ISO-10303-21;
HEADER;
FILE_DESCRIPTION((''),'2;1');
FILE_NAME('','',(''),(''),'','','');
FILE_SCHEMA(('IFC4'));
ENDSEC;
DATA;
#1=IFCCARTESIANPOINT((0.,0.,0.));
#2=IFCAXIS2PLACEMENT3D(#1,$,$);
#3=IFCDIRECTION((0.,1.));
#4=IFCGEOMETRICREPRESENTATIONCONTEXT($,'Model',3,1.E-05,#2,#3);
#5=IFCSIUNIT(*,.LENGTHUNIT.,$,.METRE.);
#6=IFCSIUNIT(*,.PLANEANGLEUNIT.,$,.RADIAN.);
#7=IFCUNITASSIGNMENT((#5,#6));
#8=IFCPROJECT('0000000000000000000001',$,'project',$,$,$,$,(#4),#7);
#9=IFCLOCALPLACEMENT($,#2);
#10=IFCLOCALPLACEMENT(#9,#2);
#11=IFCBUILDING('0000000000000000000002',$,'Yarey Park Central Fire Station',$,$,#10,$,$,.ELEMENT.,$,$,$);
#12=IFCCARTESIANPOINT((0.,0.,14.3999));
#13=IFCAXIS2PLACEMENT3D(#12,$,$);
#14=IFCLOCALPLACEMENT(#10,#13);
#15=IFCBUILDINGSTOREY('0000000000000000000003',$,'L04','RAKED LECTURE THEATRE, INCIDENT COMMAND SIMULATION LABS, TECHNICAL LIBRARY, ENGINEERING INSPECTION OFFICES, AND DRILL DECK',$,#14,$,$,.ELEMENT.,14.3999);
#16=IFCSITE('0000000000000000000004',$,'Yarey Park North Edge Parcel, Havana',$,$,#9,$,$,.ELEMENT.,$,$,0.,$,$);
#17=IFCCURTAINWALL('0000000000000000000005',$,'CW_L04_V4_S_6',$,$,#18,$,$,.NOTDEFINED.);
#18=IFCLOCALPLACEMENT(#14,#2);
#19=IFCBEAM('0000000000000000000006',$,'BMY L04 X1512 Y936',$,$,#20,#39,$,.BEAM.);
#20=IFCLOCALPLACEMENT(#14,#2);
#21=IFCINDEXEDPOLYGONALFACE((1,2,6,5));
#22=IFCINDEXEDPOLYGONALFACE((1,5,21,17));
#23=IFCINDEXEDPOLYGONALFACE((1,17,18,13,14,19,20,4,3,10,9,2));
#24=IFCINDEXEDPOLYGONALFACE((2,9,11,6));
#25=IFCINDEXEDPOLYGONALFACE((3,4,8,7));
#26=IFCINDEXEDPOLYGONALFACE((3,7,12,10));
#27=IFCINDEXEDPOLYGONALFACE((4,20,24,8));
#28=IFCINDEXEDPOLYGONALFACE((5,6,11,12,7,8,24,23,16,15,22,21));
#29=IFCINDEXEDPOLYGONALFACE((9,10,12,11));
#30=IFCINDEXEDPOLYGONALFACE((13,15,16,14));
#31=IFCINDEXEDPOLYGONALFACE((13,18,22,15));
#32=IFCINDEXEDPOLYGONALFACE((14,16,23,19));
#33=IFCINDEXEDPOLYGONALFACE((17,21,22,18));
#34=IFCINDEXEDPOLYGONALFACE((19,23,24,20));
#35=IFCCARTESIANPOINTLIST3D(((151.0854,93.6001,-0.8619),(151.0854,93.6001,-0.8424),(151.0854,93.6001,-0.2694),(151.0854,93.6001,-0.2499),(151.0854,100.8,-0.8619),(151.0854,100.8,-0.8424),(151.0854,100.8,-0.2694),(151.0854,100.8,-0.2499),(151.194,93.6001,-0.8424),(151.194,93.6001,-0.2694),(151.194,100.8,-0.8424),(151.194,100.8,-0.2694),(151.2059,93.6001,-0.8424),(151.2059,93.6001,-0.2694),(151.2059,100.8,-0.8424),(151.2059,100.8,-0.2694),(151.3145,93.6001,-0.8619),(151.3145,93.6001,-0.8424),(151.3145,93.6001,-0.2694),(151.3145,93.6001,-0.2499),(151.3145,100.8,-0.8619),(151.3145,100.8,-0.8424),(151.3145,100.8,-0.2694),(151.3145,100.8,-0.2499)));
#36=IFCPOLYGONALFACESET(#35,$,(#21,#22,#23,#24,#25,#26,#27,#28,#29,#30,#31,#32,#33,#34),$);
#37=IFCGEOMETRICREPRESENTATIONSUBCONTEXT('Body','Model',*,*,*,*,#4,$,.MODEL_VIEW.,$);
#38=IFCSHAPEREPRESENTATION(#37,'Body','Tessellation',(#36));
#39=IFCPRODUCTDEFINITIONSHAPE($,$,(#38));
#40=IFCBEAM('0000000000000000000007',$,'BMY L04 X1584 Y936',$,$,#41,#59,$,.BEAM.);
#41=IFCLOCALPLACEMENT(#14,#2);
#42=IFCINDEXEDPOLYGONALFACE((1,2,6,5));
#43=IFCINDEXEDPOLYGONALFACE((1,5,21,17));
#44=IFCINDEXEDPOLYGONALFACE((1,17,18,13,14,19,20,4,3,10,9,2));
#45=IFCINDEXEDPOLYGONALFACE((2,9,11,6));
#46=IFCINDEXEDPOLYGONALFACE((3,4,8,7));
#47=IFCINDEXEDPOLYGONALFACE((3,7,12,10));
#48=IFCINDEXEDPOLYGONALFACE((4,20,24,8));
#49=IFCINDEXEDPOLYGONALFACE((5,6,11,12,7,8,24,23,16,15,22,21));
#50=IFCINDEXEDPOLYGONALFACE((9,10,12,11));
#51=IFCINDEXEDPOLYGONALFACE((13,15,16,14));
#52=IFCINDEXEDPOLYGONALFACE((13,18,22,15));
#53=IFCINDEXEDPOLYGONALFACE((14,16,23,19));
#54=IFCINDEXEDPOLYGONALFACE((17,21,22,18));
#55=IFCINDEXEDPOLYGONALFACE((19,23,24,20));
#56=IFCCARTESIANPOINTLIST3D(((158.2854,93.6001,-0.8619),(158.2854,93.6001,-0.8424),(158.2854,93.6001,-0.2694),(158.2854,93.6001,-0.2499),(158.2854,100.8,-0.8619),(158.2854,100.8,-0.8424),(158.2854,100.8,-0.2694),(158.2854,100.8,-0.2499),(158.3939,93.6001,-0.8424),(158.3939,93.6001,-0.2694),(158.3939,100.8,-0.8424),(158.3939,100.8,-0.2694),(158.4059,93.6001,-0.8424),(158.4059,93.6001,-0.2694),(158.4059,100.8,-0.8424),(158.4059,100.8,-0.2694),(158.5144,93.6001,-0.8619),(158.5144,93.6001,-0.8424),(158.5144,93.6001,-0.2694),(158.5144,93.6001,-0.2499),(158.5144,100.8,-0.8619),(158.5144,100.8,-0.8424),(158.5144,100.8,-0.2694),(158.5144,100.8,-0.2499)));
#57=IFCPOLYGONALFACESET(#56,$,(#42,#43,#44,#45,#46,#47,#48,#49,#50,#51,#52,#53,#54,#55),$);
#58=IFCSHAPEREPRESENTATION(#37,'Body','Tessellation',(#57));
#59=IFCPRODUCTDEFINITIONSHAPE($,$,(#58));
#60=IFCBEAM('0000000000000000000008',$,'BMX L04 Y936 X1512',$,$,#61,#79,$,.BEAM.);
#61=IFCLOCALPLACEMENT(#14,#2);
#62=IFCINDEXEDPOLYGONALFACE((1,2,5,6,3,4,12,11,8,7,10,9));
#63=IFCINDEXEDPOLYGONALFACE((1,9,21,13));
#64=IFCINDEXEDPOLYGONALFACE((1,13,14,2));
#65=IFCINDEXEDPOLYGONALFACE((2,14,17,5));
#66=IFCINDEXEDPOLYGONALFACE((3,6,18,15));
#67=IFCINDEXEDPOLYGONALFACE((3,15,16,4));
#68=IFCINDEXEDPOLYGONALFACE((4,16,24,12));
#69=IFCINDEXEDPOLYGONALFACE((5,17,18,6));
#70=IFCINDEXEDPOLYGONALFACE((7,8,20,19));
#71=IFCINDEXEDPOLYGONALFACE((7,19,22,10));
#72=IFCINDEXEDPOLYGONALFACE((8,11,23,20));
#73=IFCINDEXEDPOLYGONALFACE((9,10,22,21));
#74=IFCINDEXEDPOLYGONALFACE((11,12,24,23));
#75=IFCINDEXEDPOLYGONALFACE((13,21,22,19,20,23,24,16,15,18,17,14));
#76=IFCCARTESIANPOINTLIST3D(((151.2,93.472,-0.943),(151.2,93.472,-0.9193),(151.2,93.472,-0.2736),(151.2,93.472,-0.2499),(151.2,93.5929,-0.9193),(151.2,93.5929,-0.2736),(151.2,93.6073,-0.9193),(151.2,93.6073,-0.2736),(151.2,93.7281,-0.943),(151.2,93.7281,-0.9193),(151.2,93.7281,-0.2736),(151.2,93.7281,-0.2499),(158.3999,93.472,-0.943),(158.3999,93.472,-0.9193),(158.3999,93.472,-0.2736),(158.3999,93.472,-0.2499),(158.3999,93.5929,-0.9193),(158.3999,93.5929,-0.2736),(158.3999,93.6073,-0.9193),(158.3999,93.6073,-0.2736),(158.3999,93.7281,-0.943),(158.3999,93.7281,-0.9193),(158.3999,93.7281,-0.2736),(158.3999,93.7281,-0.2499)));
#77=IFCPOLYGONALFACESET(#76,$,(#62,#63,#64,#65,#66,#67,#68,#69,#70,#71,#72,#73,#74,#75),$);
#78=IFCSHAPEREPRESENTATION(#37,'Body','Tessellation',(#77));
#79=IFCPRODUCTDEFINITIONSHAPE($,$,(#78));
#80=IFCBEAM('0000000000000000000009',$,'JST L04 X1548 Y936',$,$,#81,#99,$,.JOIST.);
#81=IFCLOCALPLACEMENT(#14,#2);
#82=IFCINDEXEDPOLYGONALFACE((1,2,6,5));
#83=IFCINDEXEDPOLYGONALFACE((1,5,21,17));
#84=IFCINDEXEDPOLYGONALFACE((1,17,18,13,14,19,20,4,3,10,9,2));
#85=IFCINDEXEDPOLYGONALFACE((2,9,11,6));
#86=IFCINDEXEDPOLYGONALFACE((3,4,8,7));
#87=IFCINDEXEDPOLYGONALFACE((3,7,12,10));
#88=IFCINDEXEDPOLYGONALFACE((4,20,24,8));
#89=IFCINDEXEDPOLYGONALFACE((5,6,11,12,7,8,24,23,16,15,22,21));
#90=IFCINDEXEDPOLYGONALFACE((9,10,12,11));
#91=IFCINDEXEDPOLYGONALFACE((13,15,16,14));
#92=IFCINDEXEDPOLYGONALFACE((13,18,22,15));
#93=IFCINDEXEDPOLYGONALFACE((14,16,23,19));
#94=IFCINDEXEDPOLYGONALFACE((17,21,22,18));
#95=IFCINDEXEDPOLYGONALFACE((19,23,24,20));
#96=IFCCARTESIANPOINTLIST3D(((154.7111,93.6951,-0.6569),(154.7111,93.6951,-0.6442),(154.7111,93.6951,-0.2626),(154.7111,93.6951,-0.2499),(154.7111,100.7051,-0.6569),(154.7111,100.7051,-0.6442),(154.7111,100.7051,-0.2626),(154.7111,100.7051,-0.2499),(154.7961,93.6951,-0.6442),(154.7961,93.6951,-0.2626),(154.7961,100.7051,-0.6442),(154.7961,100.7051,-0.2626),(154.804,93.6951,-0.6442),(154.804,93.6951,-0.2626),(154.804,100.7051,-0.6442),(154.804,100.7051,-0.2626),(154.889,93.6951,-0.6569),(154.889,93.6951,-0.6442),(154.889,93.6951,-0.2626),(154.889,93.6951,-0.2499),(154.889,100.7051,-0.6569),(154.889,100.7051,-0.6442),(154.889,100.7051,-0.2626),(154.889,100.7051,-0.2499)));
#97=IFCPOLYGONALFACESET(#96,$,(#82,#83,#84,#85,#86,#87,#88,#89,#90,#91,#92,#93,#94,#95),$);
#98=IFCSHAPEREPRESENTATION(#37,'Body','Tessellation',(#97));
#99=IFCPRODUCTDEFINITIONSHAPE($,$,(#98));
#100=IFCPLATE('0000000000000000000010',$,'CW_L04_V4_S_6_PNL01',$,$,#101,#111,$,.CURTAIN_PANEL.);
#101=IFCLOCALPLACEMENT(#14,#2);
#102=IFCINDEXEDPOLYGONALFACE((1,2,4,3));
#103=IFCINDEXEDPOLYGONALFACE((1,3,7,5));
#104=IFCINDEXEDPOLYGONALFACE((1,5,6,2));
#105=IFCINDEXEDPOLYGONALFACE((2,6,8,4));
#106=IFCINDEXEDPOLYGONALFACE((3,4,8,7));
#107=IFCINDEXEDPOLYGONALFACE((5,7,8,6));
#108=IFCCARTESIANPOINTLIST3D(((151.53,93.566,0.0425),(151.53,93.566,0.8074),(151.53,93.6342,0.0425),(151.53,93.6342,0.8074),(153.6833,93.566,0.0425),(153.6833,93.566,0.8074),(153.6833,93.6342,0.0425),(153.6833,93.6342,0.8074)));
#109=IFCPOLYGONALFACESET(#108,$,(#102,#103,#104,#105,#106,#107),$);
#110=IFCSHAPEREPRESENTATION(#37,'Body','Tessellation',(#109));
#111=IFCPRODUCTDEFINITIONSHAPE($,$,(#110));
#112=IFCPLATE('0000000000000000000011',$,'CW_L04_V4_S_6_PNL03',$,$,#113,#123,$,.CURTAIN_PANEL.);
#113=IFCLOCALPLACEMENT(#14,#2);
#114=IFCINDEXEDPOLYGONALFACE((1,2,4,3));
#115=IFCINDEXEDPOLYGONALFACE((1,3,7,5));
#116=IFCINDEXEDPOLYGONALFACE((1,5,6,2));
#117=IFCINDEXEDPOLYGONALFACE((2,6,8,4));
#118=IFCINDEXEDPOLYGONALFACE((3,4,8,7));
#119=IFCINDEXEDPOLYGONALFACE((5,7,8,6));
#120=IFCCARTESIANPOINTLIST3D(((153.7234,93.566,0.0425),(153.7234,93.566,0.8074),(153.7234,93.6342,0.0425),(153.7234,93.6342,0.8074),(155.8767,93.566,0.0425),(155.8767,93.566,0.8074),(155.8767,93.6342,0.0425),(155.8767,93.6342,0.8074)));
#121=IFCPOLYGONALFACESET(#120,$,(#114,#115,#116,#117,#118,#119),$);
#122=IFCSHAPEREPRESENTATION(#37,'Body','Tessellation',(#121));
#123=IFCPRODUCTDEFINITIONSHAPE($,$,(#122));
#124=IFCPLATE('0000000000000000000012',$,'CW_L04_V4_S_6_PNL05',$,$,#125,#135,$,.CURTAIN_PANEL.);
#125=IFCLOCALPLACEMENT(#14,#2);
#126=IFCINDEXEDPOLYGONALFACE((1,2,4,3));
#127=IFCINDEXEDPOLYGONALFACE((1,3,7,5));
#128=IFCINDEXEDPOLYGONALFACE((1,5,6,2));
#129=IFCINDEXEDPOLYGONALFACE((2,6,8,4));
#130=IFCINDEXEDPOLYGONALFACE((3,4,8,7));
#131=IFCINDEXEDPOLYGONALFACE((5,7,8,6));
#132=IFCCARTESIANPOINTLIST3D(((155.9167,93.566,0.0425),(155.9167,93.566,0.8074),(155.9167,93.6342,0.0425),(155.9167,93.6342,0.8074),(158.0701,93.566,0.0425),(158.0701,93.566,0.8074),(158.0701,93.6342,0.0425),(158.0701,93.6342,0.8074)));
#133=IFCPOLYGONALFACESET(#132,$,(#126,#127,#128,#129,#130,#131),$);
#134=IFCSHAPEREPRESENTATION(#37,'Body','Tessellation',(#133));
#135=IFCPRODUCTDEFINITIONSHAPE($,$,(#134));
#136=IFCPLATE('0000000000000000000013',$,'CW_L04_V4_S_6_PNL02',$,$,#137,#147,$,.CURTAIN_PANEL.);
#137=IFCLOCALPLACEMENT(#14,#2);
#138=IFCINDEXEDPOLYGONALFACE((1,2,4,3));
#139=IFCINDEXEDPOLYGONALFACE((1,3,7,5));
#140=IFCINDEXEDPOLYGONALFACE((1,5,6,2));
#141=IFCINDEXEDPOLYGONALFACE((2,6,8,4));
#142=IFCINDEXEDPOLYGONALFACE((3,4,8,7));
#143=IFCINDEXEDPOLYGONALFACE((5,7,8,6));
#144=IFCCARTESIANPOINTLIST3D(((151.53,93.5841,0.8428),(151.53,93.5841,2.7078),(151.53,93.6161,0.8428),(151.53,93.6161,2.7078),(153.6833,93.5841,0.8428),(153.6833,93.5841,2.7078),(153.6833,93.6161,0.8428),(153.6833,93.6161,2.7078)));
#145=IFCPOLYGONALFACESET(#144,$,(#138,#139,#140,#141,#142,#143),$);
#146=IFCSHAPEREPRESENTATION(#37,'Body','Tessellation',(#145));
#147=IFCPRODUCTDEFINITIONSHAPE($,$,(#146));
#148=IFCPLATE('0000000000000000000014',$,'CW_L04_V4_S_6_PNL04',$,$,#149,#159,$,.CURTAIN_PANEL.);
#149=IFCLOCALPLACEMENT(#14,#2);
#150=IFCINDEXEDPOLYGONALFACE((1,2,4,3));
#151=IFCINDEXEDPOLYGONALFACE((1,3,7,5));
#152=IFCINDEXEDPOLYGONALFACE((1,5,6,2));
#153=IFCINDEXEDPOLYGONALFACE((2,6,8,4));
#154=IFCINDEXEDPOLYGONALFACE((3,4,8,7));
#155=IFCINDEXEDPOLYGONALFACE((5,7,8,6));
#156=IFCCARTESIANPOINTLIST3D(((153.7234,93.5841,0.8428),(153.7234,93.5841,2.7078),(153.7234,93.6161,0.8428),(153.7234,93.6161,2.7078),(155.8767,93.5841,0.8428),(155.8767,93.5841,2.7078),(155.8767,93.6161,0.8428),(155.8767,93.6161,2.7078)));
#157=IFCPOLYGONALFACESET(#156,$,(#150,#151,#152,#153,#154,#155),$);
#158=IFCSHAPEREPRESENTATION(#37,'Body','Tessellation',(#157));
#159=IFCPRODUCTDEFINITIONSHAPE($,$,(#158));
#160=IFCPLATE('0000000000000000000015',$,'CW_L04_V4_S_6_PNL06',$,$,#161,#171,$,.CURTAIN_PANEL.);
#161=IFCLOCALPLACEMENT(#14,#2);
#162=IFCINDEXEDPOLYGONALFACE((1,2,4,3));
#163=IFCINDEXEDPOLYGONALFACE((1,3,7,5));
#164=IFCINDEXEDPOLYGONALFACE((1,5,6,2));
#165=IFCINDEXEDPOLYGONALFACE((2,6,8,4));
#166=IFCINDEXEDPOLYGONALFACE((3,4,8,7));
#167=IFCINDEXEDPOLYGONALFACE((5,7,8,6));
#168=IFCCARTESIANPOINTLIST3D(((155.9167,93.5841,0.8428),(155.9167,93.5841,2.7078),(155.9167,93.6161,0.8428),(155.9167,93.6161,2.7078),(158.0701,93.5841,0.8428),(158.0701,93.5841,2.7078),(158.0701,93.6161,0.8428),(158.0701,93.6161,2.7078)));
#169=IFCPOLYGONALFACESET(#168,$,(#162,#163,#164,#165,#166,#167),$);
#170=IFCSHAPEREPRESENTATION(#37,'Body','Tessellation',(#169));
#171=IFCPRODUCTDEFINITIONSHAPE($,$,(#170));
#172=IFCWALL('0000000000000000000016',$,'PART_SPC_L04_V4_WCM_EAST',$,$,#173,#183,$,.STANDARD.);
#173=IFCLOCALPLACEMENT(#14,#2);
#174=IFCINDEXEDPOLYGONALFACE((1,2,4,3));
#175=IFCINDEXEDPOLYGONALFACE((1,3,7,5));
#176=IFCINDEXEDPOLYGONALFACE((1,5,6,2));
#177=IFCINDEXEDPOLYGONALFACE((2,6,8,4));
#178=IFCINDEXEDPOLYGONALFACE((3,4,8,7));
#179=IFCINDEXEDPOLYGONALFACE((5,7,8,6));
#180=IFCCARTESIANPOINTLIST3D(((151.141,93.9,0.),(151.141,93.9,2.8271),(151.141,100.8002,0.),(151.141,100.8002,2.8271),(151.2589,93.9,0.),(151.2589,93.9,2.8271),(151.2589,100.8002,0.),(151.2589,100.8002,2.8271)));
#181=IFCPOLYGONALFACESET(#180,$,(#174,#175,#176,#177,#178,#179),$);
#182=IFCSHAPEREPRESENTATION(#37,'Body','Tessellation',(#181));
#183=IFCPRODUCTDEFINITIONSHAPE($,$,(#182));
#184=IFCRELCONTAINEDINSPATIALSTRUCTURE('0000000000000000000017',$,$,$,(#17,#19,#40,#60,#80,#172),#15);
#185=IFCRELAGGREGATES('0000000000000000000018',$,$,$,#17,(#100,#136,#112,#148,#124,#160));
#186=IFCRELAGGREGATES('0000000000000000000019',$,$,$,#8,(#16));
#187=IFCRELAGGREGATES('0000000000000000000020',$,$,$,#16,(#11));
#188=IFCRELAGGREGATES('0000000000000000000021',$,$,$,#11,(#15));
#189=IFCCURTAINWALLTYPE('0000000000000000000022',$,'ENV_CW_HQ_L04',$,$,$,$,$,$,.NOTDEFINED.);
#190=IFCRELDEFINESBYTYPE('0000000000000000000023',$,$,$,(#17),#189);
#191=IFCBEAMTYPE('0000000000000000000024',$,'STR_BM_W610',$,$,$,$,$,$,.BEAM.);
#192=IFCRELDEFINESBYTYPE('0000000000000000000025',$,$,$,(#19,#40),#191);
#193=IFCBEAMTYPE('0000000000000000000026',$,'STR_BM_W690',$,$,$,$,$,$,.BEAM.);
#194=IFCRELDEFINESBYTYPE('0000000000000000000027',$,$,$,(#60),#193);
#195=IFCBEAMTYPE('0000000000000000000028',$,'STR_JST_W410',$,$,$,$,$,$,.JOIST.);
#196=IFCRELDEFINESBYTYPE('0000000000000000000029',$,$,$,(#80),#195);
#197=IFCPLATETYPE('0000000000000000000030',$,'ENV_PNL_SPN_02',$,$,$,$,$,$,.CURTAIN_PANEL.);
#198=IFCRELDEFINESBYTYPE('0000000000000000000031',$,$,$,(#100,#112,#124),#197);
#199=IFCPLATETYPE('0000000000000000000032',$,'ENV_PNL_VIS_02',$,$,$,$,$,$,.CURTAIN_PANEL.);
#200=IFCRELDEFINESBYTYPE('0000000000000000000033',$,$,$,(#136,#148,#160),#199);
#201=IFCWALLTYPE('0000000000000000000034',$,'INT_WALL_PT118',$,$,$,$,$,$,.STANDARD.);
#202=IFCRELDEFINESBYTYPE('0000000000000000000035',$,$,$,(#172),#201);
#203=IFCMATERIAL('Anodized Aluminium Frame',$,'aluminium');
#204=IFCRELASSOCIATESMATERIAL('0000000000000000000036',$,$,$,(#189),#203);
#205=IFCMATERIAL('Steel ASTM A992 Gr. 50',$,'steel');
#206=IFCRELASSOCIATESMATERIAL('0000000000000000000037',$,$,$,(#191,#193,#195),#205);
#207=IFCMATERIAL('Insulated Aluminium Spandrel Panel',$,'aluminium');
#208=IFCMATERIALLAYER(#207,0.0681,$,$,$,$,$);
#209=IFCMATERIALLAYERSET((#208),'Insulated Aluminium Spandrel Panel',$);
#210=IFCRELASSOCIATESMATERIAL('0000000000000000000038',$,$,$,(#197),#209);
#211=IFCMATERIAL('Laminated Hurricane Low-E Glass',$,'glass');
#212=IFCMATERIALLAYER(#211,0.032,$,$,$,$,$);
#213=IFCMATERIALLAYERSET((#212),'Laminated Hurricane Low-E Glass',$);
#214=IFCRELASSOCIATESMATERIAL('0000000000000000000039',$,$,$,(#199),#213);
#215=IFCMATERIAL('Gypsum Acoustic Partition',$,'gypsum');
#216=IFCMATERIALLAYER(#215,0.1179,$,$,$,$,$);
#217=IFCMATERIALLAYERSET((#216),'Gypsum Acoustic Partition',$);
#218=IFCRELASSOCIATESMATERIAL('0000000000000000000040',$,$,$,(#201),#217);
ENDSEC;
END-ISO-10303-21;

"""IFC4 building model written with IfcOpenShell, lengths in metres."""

from ifc_helpers import new_model, si_unit, direction, frame, frame_2d, origin, origin_2d, place, context, subcontext, project, spatial, rectangle, i_section, extrude, material, layer, layer_set, material_profile, profile_set, type_object, element, aggregate, save


model = new_model("IFC4")

# Units and contexts
model_context = context("Model", 3, precision=1e-05, world=origin(), true_north=direction((0.0, 1.0)))
body_context = subcontext(model_context, "Body", "Model", "MODEL_VIEW")
ifc_project = project(units=[si_unit("LENGTHUNIT", "METRE"), si_unit("PLANEANGLEUNIT", "RADIAN")], contexts=[model_context])

# Site, building, storey
site_placement = place(None, origin())
site = spatial("IfcSite", under=ifc_project, at=site_placement, Name="Yarey Park North Edge Parcel, Havana", CompositionType="ELEMENT", RefElevation=0.0)
building_placement = place(site_placement, origin())
building = spatial("IfcBuilding", under=site, at=building_placement, Name="Yarey Park Central Fire Station", CompositionType="ELEMENT")
storey_placement = place(building_placement, frame((0.0, 0.0, 14.3999)))
storey = spatial("IfcBuildingStorey", under=building, at=storey_placement, Name="L04", Description="RAKED LECTURE THEATRE, INCIDENT COMMAND SIMULATION LABS, TECHNICAL LIBRARY, ENGINEERING INSPECTION OFFICES, AND DRILL DECK", CompositionType="ELEMENT", Elevation=14.3999)

# Curtain wall
ifc_material_1 = material(Name="Anodized Aluminium Frame", Category="aluminium")
curtain_wall_type = type_object("IfcCurtainWallType", Name="ENV_CW_HQ_L04", PredefinedType="NOTDEFINED", material=ifc_material_1)
curtain_wall_1_placement = place(storey_placement, origin())
curtain_wall_1 = element("IfcCurtainWall", 1, at=curtain_wall_1_placement, inside=storey, type_object=curtain_wall_type, Name="CW_L04_V4_S_6", PredefinedType="NOTDEFINED")

# Beams
ifc_material_2 = material(Name="Steel ASTM A992 Gr. 50", Category="steel")
ifc_material_profile_1 = material_profile(ifc_material_2, i_section(OverallWidth=0.229, OverallDepth=0.6121, WebThickness=0.012, FlangeThickness=0.0195, at=origin_2d()), Name="W610x125")
ifc_profile_set_1 = profile_set([ifc_material_profile_1], Name="Steel ASTM A992 Gr. 50")
beam_type_1 = type_object("IfcBeamType", Name="STR_BM_W610", PredefinedType="BEAM", material=ifc_profile_set_1)
for number, where, z_axis, x_axis, name in (
    (2, (151.2, 93.6001, -0.5559), (0.0, 1.0, 0.0), (-1.0, 0.0, 0.0), "BMY L04 X1512 Y936"),
    (3, (158.3999, 93.6001, -0.5559), (0.0, 1.0, 0.0), (-1.0, 0.0, 0.0), "BMY L04 X1584 Y936"),
):
    element("IfcBeam", number, at=place(storey_placement, frame(where, z_axis=z_axis, x_axis=x_axis)), inside=storey, type_object=beam_type_1, Name=name, PredefinedType="BEAM", context=body_context, shape_type="SweptSolid", body=[
        extrude(i_section(OverallWidth=0.229, OverallDepth=0.6121, WebThickness=0.012, FlangeThickness=0.0195, at=origin_2d()), origin(), (0.0, 0.0, 1.0), 7.2),
    ])
ifc_material_profile_2 = material_profile(ifc_material_2, i_section(OverallWidth=0.2561, OverallDepth=0.6931, WebThickness=0.0144, FlangeThickness=0.0237, at=origin_2d()), Name="W690x170")
ifc_profile_set_2 = profile_set([ifc_material_profile_2], Name="Steel ASTM A992 Gr. 50")
beam_type_2 = type_object("IfcBeamType", Name="STR_BM_W690", PredefinedType="BEAM", material=ifc_profile_set_2)
beam_1_placement = place(storey_placement, frame((151.2, 93.6001, -0.5964), z_axis=(1.0, 0.0, 0.0), x_axis=(0.0, 1.0, 0.0)))
element("IfcBeam", 4, at=beam_1_placement, inside=storey, type_object=beam_type_2, Name="BMX L04 Y936 X1512", PredefinedType="BEAM", context=body_context, shape_type="SweptSolid", body=[
    extrude(i_section(OverallWidth=0.2561, OverallDepth=0.6931, WebThickness=0.0144, FlangeThickness=0.0237, at=origin_2d()), origin(), (0.0, 0.0, 1.0), 7.2),
])
ifc_material_profile_3 = material_profile(ifc_material_2, i_section(OverallWidth=0.178, OverallDepth=0.407, WebThickness=0.0078, FlangeThickness=0.0127, at=origin_2d()), Name="W410x60")
ifc_profile_set_3 = profile_set([ifc_material_profile_3], Name="Steel ASTM A992 Gr. 50")
beam_type_3 = type_object("IfcBeamType", Name="STR_JST_W410", PredefinedType="JOIST", material=ifc_profile_set_3)
beam_2_placement = place(storey_placement, frame((154.8, 93.6951, -0.4534), z_axis=(0.0, 1.0, 0.0), x_axis=(-1.0, 0.0, 0.0)))
element("IfcBeam", 5, at=beam_2_placement, inside=storey, type_object=beam_type_3, Name="JST L04 X1548 Y936", PredefinedType="JOIST", context=body_context, shape_type="SweptSolid", body=[
    extrude(i_section(OverallWidth=0.178, OverallDepth=0.407, WebThickness=0.0078, FlangeThickness=0.0127, at=origin_2d()), origin(), (0.0, 0.0, 1.0), 7.01),
])

# Plates
ifc_material_3 = material(Name="Insulated Aluminium Spandrel Panel", Category="aluminium")
ifc_layer_1 = layer(ifc_material_3, 0.0681)
ifc_layer_set_1 = layer_set([ifc_layer_1], Name="Insulated Aluminium Spandrel Panel")
plate_type_1 = type_object("IfcPlateType", Name="ENV_PNL_SPN_02", PredefinedType="CURTAIN_PANEL", material=ifc_layer_set_1)
plate_1_placement = place(storey_placement, frame((152.6067, 93.6001, 0.0425), z_axis=(0.0, 0.0, 1.0), x_axis=(1.0, 0.0, 0.0)))
plate_1 = element("IfcPlate", 6, at=plate_1_placement, type_object=plate_type_1, Name="CW_L04_V4_S_6_PNL01", PredefinedType="CURTAIN_PANEL", context=body_context, shape_type="SweptSolid", body=[
    extrude(rectangle(XDim=2.1533, YDim=0.0681, at=origin_2d()), origin(), (0.0, 0.0, 1.0), 0.7649),
])
plate_2_placement = place(storey_placement, frame((154.8, 93.6001, 0.0425), z_axis=(0.0, 0.0, 1.0), x_axis=(1.0, 0.0, 0.0)))
plate_2 = element("IfcPlate", 7, at=plate_2_placement, type_object=plate_type_1, Name="CW_L04_V4_S_6_PNL03", PredefinedType="CURTAIN_PANEL", context=body_context, shape_type="SweptSolid", body=[
    extrude(rectangle(XDim=2.1533, YDim=0.0681, at=origin_2d()), origin(), (0.0, 0.0, 1.0), 0.7649),
])
plate_3_placement = place(storey_placement, frame((156.9934, 93.6001, 0.0425), z_axis=(0.0, 0.0, 1.0), x_axis=(1.0, 0.0, 0.0)))
plate_3 = element("IfcPlate", 8, at=plate_3_placement, type_object=plate_type_1, Name="CW_L04_V4_S_6_PNL05", PredefinedType="CURTAIN_PANEL", context=body_context, shape_type="SweptSolid", body=[
    extrude(rectangle(XDim=2.1533, YDim=0.0681, at=origin_2d()), origin(), (0.0, 0.0, 1.0), 0.7649),
])
ifc_material_4 = material(Name="Laminated Hurricane Low-E Glass", Category="glass")
ifc_layer_2 = layer(ifc_material_4, 0.032)
ifc_layer_set_2 = layer_set([ifc_layer_2], Name="Laminated Hurricane Low-E Glass")
plate_type_2 = type_object("IfcPlateType", Name="ENV_PNL_VIS_02", PredefinedType="CURTAIN_PANEL", material=ifc_layer_set_2)
plate_4_placement = place(storey_placement, frame((152.6067, 93.6001, 0.8428), z_axis=(0.0, 0.0, 1.0), x_axis=(1.0, 0.0, 0.0)))
plate_4 = element("IfcPlate", 9, at=plate_4_placement, type_object=plate_type_2, Name="CW_L04_V4_S_6_PNL02", PredefinedType="CURTAIN_PANEL", context=body_context, shape_type="SweptSolid", body=[
    extrude(rectangle(XDim=2.1533, YDim=0.032, at=origin_2d()), origin(), (0.0, 0.0, 1.0), 1.865),
])
plate_5_placement = place(storey_placement, frame((154.8, 93.6001, 0.8428), z_axis=(0.0, 0.0, 1.0), x_axis=(1.0, 0.0, 0.0)))
plate_5 = element("IfcPlate", 10, at=plate_5_placement, type_object=plate_type_2, Name="CW_L04_V4_S_6_PNL04", PredefinedType="CURTAIN_PANEL", context=body_context, shape_type="SweptSolid", body=[
    extrude(rectangle(XDim=2.1533, YDim=0.032, at=origin_2d()), origin(), (0.0, 0.0, 1.0), 1.865),
])
plate_6_placement = place(storey_placement, frame((156.9934, 93.6001, 0.8428), z_axis=(0.0, 0.0, 1.0), x_axis=(1.0, 0.0, 0.0)))
plate_6 = element("IfcPlate", 11, at=plate_6_placement, type_object=plate_type_2, Name="CW_L04_V4_S_6_PNL06", PredefinedType="CURTAIN_PANEL", context=body_context, shape_type="SweptSolid", body=[
    extrude(rectangle(XDim=2.1533, YDim=0.032, at=origin_2d()), origin(), (0.0, 0.0, 1.0), 1.865),
])
aggregate(curtain_wall_1, [plate_1, plate_4, plate_2, plate_5, plate_3, plate_6])

# Wall
ifc_material_5 = material(Name="Gypsum Acoustic Partition", Category="gypsum")
ifc_layer_3 = layer(ifc_material_5, 0.1179)
ifc_layer_set_3 = layer_set([ifc_layer_3], Name="Gypsum Acoustic Partition")
wall_type = type_object("IfcWallType", Name="INT_WALL_PT118", PredefinedType="STANDARD", material=ifc_layer_set_3)
wall_placement = place(storey_placement, frame((151.2, 93.8999, 0.0), z_axis=(0.0, 0.0, 1.0), x_axis=(0.0, 1.0, 0.0)))
element("IfcWall", 12, at=wall_placement, inside=storey, type_object=wall_type, Name="PART_SPC_L04_V4_WCM_EAST", PredefinedType="STANDARD", context=body_context, shape_type="SweptSolid", body=[
    extrude(rectangle(XDim=6.9001, YDim=0.1179, at=frame_2d((3.4502, 0.0))), origin(), (0.0, 0.0, 1.0), 2.8271),
])

save(model, "model.ifc")
